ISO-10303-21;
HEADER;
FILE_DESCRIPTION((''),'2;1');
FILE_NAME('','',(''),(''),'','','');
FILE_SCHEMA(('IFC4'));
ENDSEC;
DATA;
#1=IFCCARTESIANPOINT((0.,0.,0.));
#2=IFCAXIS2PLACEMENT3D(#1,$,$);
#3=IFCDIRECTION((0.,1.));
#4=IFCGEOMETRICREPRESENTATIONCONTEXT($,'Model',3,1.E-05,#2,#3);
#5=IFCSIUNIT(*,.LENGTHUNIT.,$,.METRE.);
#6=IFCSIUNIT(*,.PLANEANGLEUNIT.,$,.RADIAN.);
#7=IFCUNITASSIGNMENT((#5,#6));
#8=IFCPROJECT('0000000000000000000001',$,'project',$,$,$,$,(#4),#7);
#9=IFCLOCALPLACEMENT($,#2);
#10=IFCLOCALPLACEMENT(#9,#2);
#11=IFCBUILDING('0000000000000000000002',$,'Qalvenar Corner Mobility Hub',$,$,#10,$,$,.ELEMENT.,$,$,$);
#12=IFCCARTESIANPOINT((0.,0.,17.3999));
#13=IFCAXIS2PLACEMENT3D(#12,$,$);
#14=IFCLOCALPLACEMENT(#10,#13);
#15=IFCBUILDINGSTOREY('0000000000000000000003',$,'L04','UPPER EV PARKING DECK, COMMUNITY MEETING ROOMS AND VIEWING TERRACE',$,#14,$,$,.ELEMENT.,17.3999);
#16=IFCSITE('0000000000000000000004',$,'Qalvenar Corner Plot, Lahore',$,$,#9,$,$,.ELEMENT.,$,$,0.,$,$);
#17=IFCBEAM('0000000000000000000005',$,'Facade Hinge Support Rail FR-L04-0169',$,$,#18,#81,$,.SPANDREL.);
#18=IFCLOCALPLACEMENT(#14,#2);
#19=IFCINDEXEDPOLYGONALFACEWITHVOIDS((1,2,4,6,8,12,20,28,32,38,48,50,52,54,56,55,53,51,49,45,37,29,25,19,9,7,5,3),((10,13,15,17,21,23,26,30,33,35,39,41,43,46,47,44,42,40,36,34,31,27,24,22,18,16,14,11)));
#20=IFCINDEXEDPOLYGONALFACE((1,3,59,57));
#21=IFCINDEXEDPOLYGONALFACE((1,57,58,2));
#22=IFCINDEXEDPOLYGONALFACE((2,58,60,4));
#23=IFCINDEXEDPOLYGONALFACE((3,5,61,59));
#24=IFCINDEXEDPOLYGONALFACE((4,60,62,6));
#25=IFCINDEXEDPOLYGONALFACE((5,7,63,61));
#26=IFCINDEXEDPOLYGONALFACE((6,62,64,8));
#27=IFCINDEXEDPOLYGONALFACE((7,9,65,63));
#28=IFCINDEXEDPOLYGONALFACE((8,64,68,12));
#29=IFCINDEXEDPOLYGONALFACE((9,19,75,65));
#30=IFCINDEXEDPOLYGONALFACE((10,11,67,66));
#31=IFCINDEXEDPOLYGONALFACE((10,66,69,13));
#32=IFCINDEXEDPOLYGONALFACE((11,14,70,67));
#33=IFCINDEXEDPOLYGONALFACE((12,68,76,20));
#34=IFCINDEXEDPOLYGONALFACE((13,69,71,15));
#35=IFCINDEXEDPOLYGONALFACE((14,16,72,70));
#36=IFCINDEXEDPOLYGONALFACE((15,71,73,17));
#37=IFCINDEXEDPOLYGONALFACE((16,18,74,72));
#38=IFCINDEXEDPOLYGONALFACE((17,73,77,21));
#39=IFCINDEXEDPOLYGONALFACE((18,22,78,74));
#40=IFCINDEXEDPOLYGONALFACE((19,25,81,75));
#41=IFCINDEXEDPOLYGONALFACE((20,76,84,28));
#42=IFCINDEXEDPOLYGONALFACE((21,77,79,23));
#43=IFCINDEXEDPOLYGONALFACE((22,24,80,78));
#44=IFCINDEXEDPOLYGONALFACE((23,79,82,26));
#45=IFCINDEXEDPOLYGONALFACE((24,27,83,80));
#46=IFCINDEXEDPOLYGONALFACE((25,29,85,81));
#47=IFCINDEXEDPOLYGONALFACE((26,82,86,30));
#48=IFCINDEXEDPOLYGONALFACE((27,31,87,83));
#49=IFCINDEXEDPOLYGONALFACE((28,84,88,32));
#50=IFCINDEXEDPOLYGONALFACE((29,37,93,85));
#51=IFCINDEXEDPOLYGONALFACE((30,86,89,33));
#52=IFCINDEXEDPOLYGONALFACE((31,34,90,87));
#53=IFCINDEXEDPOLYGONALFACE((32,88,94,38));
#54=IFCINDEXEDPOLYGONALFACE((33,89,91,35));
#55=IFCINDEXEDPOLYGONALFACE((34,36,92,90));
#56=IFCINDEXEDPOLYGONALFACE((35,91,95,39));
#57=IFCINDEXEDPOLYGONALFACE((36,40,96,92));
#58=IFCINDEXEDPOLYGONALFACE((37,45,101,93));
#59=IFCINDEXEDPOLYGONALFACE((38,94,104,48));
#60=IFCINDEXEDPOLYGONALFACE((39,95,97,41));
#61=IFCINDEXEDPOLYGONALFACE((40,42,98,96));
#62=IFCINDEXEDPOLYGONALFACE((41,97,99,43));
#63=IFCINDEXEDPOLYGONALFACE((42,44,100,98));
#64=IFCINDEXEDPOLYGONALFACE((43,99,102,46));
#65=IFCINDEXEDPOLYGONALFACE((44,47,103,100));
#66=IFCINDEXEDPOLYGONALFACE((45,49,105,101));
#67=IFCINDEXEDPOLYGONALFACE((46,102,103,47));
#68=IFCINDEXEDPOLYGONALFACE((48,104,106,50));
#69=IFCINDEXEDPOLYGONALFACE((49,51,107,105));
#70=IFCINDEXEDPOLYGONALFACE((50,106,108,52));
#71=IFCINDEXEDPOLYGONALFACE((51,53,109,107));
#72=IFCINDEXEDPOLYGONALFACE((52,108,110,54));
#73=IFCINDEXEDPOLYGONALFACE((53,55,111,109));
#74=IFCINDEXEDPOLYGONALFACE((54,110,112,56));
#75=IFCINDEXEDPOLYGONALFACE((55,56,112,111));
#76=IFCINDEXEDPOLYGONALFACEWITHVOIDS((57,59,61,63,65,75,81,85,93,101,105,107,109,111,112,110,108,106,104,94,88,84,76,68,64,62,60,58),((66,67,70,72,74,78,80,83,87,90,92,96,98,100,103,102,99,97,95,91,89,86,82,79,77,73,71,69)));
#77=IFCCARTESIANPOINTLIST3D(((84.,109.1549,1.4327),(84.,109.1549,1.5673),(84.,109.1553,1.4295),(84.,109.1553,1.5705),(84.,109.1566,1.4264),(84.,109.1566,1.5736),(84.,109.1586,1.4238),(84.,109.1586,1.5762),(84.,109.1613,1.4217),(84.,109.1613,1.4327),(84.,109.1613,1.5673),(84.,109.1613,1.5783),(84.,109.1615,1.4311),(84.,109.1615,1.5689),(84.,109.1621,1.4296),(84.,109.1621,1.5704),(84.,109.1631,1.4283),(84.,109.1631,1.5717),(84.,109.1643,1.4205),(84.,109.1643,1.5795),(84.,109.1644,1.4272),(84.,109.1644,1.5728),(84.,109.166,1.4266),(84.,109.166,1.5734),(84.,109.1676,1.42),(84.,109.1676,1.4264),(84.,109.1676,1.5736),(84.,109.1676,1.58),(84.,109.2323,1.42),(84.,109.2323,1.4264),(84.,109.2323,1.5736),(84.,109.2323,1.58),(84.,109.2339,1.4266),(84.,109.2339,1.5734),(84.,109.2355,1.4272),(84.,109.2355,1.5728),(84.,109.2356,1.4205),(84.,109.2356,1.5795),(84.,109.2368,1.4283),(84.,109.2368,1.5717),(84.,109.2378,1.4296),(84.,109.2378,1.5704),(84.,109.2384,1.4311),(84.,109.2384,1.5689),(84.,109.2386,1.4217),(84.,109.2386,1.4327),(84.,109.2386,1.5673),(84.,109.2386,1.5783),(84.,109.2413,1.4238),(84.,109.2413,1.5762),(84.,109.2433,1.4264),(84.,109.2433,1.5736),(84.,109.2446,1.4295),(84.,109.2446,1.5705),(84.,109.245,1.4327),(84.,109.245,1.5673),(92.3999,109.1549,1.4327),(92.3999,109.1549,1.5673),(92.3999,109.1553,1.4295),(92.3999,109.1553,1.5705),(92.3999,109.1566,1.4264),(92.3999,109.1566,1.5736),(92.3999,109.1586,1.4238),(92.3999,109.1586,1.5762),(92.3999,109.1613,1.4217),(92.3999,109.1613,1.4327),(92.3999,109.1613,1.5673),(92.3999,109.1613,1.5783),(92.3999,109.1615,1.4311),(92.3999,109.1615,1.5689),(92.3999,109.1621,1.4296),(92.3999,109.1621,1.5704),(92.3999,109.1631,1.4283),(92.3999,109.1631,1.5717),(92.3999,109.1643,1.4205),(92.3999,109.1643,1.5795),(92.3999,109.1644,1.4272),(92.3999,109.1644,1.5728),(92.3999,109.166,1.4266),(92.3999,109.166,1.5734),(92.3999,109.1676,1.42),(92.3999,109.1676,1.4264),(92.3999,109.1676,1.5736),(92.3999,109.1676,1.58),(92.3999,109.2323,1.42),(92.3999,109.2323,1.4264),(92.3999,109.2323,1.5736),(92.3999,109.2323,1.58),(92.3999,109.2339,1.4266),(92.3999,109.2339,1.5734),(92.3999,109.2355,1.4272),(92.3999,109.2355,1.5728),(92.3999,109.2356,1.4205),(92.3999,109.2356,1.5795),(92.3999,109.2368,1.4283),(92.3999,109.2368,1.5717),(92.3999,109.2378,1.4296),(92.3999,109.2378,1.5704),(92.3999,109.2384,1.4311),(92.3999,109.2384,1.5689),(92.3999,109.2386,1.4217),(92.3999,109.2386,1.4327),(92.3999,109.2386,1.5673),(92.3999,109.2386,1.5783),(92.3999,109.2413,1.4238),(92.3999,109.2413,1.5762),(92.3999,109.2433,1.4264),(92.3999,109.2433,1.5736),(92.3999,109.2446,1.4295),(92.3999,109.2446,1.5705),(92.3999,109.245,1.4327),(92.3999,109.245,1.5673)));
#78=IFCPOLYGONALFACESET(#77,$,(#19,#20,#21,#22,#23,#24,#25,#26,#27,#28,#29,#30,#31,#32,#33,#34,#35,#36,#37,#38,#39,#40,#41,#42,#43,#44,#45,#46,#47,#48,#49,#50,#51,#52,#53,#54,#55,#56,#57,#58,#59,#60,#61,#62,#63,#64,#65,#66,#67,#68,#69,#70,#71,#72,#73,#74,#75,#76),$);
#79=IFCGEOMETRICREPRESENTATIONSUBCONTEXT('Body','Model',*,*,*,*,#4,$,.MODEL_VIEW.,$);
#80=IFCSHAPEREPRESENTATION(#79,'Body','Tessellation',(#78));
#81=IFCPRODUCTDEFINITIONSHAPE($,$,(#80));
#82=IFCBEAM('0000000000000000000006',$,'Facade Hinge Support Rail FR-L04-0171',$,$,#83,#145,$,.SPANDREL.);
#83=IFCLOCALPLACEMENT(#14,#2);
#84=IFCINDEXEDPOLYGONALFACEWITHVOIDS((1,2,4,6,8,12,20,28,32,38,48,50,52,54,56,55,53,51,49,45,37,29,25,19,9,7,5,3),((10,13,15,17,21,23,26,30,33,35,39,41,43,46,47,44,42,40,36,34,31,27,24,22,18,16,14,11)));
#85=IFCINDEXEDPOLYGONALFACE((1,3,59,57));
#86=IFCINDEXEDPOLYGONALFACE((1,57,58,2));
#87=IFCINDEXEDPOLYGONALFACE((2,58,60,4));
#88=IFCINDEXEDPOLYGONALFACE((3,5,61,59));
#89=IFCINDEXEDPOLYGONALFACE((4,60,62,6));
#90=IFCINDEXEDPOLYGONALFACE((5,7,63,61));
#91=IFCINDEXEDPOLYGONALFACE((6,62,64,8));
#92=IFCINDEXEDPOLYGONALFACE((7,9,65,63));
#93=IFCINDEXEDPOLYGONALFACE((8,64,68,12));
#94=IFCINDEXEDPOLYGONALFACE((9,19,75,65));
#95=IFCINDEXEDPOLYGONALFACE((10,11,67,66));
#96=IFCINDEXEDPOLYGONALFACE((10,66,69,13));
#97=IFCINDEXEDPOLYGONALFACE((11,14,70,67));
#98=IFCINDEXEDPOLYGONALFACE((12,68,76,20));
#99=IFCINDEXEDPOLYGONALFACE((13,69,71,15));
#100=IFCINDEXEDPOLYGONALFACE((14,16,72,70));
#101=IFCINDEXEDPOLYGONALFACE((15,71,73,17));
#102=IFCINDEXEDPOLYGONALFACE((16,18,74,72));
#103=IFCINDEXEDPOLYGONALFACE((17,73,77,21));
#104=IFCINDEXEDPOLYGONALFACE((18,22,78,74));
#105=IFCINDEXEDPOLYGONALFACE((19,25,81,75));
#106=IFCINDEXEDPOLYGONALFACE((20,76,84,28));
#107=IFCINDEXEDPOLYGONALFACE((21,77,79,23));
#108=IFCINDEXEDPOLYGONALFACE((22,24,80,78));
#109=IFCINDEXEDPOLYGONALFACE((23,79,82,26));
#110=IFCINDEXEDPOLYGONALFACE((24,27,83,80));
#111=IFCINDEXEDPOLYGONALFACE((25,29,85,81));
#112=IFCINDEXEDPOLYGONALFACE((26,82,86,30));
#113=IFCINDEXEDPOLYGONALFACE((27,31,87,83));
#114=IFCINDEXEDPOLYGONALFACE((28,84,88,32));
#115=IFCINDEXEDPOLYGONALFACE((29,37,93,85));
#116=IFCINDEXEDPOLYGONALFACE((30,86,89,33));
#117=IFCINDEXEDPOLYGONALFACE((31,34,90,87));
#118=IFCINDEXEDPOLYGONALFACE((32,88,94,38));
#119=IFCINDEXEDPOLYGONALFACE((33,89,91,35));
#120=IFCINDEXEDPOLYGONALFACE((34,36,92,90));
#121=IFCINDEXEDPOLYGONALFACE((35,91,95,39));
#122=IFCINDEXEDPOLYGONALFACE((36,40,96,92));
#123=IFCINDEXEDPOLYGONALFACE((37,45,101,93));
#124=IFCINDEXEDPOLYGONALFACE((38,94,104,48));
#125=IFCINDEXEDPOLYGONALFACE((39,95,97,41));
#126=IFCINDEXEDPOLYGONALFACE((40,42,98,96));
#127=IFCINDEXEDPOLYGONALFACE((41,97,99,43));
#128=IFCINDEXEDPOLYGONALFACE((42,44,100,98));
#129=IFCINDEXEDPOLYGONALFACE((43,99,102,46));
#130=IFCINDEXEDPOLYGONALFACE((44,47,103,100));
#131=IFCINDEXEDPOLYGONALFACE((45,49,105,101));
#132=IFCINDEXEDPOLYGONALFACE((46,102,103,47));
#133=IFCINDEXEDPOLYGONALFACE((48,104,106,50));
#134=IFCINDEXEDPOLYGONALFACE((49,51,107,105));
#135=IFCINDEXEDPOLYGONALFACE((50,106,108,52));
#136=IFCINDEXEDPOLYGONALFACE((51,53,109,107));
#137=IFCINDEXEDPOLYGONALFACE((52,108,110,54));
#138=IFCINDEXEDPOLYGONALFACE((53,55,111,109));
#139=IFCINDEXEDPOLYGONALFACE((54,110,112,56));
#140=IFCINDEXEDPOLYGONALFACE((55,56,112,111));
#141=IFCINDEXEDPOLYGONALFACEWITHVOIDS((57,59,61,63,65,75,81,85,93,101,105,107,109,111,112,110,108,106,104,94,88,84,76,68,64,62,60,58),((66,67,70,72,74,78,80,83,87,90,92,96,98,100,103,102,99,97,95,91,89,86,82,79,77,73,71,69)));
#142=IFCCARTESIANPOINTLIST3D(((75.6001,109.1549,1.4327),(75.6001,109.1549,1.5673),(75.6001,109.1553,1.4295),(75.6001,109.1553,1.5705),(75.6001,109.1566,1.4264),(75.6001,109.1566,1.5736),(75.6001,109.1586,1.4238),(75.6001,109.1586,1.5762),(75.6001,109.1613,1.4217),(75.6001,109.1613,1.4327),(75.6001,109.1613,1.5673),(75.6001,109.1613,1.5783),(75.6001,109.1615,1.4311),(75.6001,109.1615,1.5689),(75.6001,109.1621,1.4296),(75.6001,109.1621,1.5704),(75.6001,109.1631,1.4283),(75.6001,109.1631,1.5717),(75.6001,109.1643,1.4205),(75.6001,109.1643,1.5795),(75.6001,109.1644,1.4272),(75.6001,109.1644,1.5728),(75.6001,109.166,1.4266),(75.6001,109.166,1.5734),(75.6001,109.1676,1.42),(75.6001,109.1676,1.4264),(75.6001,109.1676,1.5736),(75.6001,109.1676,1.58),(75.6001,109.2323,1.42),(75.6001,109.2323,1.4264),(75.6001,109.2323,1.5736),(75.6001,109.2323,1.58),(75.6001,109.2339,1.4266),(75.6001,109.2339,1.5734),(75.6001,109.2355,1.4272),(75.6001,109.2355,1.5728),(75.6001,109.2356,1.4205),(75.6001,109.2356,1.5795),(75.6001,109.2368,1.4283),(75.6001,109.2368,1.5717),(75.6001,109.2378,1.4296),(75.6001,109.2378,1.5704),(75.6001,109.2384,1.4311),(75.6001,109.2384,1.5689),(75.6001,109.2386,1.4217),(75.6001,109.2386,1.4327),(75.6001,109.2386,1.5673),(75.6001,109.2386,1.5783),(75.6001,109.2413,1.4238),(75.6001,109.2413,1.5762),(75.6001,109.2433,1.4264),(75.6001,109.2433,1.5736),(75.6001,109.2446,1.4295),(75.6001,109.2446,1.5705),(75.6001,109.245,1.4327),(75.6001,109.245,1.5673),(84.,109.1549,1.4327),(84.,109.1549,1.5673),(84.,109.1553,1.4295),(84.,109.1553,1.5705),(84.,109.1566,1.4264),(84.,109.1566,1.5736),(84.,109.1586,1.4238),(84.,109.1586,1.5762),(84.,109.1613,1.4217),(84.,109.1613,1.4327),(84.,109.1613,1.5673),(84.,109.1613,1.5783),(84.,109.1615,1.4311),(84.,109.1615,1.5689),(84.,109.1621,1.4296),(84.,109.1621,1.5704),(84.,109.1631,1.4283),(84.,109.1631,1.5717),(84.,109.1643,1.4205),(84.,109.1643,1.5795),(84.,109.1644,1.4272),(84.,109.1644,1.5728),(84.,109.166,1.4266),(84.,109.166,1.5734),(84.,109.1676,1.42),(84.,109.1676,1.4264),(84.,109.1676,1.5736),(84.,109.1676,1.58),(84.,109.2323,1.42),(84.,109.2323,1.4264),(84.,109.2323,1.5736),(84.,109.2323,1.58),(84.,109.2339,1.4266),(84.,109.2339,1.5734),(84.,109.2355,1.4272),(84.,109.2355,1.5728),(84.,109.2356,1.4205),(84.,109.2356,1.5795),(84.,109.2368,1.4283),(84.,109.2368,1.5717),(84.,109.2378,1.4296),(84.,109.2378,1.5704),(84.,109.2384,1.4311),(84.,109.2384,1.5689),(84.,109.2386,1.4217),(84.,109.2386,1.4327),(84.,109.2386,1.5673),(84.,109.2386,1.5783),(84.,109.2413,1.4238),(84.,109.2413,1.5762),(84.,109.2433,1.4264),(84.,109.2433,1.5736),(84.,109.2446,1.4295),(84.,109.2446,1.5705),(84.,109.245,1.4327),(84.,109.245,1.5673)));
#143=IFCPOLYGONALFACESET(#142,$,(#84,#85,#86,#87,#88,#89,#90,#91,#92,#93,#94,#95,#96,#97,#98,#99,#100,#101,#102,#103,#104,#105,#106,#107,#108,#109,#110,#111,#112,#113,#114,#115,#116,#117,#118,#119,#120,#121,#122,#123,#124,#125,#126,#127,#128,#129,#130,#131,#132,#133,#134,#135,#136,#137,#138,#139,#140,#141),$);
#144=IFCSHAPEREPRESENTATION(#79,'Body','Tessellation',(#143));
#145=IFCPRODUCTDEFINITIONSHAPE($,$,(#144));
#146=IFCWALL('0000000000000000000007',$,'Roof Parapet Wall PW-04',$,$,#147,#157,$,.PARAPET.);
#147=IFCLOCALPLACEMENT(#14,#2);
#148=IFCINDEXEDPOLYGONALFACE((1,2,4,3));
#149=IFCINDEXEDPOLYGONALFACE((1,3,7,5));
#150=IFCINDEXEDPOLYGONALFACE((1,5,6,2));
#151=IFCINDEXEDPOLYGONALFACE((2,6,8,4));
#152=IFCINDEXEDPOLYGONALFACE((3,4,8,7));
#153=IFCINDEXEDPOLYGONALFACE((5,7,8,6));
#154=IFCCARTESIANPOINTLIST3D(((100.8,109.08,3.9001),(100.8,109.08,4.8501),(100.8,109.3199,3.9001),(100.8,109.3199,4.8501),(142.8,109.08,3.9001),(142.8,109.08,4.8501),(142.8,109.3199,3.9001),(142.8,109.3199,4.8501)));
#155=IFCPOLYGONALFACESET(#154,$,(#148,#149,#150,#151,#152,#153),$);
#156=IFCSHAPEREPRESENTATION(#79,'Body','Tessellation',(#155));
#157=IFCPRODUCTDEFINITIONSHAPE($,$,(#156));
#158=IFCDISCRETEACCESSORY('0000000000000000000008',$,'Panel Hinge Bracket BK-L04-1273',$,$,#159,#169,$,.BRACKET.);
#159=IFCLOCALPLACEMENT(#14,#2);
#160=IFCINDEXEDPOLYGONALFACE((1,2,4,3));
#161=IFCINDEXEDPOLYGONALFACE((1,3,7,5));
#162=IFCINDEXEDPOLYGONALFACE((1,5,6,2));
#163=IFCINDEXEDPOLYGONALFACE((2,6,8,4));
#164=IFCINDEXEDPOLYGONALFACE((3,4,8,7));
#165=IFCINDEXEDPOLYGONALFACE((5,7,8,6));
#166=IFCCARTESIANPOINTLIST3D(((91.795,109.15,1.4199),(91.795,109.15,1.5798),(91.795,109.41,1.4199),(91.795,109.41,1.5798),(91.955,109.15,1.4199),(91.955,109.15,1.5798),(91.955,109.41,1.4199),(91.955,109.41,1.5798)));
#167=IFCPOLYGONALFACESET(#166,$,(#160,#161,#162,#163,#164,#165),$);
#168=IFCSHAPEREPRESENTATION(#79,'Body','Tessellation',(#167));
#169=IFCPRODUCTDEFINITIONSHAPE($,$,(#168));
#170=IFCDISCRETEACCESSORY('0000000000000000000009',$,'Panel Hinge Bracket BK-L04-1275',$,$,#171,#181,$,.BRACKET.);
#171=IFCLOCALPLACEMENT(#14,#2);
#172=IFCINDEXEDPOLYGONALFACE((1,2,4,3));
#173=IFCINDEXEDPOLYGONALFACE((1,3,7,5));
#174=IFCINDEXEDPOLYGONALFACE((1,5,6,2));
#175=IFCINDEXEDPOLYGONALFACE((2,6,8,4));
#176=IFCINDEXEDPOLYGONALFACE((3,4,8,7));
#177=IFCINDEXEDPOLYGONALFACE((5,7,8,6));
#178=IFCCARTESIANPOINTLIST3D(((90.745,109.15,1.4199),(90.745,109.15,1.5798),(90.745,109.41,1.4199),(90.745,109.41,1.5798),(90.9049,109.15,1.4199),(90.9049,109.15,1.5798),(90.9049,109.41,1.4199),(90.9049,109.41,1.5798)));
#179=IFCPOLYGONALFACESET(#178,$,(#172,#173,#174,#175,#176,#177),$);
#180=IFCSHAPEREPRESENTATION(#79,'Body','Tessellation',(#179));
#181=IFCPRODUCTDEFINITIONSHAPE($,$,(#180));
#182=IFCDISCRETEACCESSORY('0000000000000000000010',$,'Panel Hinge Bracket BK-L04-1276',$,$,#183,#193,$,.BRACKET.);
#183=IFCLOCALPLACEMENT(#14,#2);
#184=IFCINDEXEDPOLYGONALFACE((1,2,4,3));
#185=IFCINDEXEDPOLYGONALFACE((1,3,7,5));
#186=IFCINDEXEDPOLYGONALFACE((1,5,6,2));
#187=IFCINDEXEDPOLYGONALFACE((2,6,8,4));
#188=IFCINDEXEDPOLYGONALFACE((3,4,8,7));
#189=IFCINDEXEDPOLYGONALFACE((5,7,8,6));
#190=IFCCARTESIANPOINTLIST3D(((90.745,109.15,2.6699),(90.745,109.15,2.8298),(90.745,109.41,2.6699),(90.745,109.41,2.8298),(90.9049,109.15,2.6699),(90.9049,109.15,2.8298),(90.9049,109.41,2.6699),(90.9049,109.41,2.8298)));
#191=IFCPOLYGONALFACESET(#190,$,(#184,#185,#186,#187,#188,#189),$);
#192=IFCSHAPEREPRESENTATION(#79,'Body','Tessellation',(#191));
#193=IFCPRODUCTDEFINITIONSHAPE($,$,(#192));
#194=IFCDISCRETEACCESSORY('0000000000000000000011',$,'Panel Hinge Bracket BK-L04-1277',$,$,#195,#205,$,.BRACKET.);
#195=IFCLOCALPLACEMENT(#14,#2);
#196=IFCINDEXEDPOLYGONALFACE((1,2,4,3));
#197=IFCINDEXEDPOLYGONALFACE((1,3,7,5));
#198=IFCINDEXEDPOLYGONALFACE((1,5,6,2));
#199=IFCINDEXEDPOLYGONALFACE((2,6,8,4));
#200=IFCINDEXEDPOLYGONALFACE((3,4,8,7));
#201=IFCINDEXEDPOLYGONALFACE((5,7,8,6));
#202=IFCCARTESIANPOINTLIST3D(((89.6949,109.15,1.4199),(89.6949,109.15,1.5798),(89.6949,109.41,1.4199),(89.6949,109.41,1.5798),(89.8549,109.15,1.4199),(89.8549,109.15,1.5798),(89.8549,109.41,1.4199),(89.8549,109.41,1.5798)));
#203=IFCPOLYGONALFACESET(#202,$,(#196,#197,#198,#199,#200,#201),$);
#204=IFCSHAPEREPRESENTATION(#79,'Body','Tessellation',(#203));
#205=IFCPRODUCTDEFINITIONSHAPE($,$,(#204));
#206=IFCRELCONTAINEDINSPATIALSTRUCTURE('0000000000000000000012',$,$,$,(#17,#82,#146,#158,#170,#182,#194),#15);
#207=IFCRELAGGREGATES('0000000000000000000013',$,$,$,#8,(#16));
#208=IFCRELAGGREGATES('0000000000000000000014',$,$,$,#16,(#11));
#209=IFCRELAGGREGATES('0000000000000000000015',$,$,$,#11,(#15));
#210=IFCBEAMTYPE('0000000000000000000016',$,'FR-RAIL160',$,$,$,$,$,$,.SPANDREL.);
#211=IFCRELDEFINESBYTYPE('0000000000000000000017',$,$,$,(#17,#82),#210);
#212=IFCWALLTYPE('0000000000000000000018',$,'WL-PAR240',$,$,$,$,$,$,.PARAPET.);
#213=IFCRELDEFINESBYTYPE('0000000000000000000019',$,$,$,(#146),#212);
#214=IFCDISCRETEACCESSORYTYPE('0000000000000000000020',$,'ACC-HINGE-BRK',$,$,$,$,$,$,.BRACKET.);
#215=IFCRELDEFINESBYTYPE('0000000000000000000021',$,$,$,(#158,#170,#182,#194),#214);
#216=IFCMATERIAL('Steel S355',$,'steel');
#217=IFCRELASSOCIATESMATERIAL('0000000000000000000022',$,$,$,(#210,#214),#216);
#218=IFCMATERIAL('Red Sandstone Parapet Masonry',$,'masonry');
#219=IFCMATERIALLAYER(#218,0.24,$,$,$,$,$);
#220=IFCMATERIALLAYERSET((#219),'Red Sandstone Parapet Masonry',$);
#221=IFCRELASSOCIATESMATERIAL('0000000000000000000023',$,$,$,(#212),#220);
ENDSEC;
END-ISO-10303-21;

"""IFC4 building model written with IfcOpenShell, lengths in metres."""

from ifc_helpers import new_model, si_unit, direction, frame, frame_2d, origin, origin_2d, place, context, subcontext, project, spatial, rectangle, hollow_rectangle, extrude, material, layer, layer_set, material_profile, profile_set, type_object, element, save


model = new_model("IFC4")

# Units and contexts
model_context = context("Model", 3, precision=1e-05, world=origin(), true_north=direction((0.0, 1.0)))
body_context = subcontext(model_context, "Body", "Model", "MODEL_VIEW")
ifc_project = project(units=[si_unit("LENGTHUNIT", "METRE"), si_unit("PLANEANGLEUNIT", "RADIAN")], contexts=[model_context])

# Site, building, storey
site_placement = place(None, origin())
site = spatial("IfcSite", under=ifc_project, at=site_placement, Name="Qalvenar Corner Plot, Lahore", CompositionType="ELEMENT", RefElevation=0.0)
building_placement = place(site_placement, origin())
building = spatial("IfcBuilding", under=site, at=building_placement, Name="Qalvenar Corner Mobility Hub", CompositionType="ELEMENT")
storey_placement = place(building_placement, frame((0.0, 0.0, 17.3999)))
storey = spatial("IfcBuildingStorey", under=building, at=storey_placement, Name="L04", Description="UPPER EV PARKING DECK, COMMUNITY MEETING ROOMS AND VIEWING TERRACE", CompositionType="ELEMENT", Elevation=17.3999)

# Shared definitions
ifc_material_1 = material(Name="Steel S355", Category="steel")

# Beams
ifc_material_profile_1 = material_profile(ifc_material_1, hollow_rectangle(XDim=0.0901, YDim=0.1599, WallThickness=0.0063, InnerFilletRadius=0.0063, OuterFilletRadius=0.0127, at=origin_2d()), Name="RHS160x90x6.3")
ifc_profile_set_1 = profile_set([ifc_material_profile_1], Name="Steel S355")
beam_type_1 = type_object("IfcBeamType", Name="FR-RAIL160", PredefinedType="SPANDREL", material=ifc_profile_set_1)
for number, where, z_axis, x_axis, name in (
    (1, (92.3999, 109.2, 1.5), (-1.0, 0.0, 0.0), (0.0, -1.0, 0.0), "Facade Hinge Support Rail FR-L04-0169"),
    (2, (84.0, 109.2, 1.5), (-1.0, 0.0, 0.0), (0.0, -1.0, 0.0), "Facade Hinge Support Rail FR-L04-0171"),
):
    element("IfcBeam", number, at=place(storey_placement, frame(where, z_axis=z_axis, x_axis=x_axis)), inside=storey, type_object=beam_type_1, Name=name, PredefinedType="SPANDREL", context=body_context, shape_type="SweptSolid", body=[
        extrude(hollow_rectangle(XDim=0.0901, YDim=0.1599, WallThickness=0.0063, InnerFilletRadius=0.0063, OuterFilletRadius=0.0127, at=origin_2d()), origin(), (0.0, 0.0, 1.0), 8.3999),
    ])

# Wall
ifc_material_2 = material(Name="Red Sandstone Parapet Masonry", Category="masonry")
ifc_layer = layer(ifc_material_2, 0.24)
ifc_layer_set = layer_set([ifc_layer], Name="Red Sandstone Parapet Masonry")
wall_type = type_object("IfcWallType", Name="WL-PAR240", PredefinedType="PARAPET", material=ifc_layer_set)
wall_placement = place(storey_placement, frame((100.8, 109.2, 3.9001), z_axis=(0.0, 0.0, 1.0), x_axis=(1.0, 0.0, 0.0)))
element("IfcWall", 3, at=wall_placement, inside=storey, type_object=wall_type, Name="Roof Parapet Wall PW-04", PredefinedType="PARAPET", context=body_context, shape_type="SweptSolid", body=[
    extrude(rectangle(XDim=42.0, YDim=0.24, at=frame_2d((21.0, 0.0))), origin(), (0.0, 0.0, 1.0), 0.95),
])

# Discrete accessories
discrete_accessory_type = type_object("IfcDiscreteAccessoryType", Name="ACC-HINGE-BRK", PredefinedType="BRACKET", material=ifc_material_1)
for number, where, z_axis, x_axis, name in (
    (4, (91.875, 109.28, 1.4199), (0.0, 0.0, 1.0), (-1.0, 0.0, 0.0), "Panel Hinge Bracket BK-L04-1273"),
    (5, (90.825, 109.28, 1.4199), (0.0, 0.0, 1.0), (-1.0, 0.0, 0.0), "Panel Hinge Bracket BK-L04-1275"),
    (6, (90.825, 109.28, 2.6699), (0.0, 0.0, 1.0), (-1.0, 0.0, 0.0), "Panel Hinge Bracket BK-L04-1276"),
    (7, (89.7749, 109.28, 1.4199), (0.0, 0.0, 1.0), (-1.0, 0.0, 0.0), "Panel Hinge Bracket BK-L04-1277"),
):
    element("IfcDiscreteAccessory", number, at=place(storey_placement, frame(where, z_axis=z_axis, x_axis=x_axis)), inside=storey, type_object=discrete_accessory_type, Name=name, PredefinedType="BRACKET", context=body_context, shape_type="SweptSolid", body=[
        extrude(rectangle(XDim=0.1599, YDim=0.26, at=origin_2d()), origin(), (0.0, 0.0, 1.0), 0.1599),
    ])

save(model, "model.ifc")
